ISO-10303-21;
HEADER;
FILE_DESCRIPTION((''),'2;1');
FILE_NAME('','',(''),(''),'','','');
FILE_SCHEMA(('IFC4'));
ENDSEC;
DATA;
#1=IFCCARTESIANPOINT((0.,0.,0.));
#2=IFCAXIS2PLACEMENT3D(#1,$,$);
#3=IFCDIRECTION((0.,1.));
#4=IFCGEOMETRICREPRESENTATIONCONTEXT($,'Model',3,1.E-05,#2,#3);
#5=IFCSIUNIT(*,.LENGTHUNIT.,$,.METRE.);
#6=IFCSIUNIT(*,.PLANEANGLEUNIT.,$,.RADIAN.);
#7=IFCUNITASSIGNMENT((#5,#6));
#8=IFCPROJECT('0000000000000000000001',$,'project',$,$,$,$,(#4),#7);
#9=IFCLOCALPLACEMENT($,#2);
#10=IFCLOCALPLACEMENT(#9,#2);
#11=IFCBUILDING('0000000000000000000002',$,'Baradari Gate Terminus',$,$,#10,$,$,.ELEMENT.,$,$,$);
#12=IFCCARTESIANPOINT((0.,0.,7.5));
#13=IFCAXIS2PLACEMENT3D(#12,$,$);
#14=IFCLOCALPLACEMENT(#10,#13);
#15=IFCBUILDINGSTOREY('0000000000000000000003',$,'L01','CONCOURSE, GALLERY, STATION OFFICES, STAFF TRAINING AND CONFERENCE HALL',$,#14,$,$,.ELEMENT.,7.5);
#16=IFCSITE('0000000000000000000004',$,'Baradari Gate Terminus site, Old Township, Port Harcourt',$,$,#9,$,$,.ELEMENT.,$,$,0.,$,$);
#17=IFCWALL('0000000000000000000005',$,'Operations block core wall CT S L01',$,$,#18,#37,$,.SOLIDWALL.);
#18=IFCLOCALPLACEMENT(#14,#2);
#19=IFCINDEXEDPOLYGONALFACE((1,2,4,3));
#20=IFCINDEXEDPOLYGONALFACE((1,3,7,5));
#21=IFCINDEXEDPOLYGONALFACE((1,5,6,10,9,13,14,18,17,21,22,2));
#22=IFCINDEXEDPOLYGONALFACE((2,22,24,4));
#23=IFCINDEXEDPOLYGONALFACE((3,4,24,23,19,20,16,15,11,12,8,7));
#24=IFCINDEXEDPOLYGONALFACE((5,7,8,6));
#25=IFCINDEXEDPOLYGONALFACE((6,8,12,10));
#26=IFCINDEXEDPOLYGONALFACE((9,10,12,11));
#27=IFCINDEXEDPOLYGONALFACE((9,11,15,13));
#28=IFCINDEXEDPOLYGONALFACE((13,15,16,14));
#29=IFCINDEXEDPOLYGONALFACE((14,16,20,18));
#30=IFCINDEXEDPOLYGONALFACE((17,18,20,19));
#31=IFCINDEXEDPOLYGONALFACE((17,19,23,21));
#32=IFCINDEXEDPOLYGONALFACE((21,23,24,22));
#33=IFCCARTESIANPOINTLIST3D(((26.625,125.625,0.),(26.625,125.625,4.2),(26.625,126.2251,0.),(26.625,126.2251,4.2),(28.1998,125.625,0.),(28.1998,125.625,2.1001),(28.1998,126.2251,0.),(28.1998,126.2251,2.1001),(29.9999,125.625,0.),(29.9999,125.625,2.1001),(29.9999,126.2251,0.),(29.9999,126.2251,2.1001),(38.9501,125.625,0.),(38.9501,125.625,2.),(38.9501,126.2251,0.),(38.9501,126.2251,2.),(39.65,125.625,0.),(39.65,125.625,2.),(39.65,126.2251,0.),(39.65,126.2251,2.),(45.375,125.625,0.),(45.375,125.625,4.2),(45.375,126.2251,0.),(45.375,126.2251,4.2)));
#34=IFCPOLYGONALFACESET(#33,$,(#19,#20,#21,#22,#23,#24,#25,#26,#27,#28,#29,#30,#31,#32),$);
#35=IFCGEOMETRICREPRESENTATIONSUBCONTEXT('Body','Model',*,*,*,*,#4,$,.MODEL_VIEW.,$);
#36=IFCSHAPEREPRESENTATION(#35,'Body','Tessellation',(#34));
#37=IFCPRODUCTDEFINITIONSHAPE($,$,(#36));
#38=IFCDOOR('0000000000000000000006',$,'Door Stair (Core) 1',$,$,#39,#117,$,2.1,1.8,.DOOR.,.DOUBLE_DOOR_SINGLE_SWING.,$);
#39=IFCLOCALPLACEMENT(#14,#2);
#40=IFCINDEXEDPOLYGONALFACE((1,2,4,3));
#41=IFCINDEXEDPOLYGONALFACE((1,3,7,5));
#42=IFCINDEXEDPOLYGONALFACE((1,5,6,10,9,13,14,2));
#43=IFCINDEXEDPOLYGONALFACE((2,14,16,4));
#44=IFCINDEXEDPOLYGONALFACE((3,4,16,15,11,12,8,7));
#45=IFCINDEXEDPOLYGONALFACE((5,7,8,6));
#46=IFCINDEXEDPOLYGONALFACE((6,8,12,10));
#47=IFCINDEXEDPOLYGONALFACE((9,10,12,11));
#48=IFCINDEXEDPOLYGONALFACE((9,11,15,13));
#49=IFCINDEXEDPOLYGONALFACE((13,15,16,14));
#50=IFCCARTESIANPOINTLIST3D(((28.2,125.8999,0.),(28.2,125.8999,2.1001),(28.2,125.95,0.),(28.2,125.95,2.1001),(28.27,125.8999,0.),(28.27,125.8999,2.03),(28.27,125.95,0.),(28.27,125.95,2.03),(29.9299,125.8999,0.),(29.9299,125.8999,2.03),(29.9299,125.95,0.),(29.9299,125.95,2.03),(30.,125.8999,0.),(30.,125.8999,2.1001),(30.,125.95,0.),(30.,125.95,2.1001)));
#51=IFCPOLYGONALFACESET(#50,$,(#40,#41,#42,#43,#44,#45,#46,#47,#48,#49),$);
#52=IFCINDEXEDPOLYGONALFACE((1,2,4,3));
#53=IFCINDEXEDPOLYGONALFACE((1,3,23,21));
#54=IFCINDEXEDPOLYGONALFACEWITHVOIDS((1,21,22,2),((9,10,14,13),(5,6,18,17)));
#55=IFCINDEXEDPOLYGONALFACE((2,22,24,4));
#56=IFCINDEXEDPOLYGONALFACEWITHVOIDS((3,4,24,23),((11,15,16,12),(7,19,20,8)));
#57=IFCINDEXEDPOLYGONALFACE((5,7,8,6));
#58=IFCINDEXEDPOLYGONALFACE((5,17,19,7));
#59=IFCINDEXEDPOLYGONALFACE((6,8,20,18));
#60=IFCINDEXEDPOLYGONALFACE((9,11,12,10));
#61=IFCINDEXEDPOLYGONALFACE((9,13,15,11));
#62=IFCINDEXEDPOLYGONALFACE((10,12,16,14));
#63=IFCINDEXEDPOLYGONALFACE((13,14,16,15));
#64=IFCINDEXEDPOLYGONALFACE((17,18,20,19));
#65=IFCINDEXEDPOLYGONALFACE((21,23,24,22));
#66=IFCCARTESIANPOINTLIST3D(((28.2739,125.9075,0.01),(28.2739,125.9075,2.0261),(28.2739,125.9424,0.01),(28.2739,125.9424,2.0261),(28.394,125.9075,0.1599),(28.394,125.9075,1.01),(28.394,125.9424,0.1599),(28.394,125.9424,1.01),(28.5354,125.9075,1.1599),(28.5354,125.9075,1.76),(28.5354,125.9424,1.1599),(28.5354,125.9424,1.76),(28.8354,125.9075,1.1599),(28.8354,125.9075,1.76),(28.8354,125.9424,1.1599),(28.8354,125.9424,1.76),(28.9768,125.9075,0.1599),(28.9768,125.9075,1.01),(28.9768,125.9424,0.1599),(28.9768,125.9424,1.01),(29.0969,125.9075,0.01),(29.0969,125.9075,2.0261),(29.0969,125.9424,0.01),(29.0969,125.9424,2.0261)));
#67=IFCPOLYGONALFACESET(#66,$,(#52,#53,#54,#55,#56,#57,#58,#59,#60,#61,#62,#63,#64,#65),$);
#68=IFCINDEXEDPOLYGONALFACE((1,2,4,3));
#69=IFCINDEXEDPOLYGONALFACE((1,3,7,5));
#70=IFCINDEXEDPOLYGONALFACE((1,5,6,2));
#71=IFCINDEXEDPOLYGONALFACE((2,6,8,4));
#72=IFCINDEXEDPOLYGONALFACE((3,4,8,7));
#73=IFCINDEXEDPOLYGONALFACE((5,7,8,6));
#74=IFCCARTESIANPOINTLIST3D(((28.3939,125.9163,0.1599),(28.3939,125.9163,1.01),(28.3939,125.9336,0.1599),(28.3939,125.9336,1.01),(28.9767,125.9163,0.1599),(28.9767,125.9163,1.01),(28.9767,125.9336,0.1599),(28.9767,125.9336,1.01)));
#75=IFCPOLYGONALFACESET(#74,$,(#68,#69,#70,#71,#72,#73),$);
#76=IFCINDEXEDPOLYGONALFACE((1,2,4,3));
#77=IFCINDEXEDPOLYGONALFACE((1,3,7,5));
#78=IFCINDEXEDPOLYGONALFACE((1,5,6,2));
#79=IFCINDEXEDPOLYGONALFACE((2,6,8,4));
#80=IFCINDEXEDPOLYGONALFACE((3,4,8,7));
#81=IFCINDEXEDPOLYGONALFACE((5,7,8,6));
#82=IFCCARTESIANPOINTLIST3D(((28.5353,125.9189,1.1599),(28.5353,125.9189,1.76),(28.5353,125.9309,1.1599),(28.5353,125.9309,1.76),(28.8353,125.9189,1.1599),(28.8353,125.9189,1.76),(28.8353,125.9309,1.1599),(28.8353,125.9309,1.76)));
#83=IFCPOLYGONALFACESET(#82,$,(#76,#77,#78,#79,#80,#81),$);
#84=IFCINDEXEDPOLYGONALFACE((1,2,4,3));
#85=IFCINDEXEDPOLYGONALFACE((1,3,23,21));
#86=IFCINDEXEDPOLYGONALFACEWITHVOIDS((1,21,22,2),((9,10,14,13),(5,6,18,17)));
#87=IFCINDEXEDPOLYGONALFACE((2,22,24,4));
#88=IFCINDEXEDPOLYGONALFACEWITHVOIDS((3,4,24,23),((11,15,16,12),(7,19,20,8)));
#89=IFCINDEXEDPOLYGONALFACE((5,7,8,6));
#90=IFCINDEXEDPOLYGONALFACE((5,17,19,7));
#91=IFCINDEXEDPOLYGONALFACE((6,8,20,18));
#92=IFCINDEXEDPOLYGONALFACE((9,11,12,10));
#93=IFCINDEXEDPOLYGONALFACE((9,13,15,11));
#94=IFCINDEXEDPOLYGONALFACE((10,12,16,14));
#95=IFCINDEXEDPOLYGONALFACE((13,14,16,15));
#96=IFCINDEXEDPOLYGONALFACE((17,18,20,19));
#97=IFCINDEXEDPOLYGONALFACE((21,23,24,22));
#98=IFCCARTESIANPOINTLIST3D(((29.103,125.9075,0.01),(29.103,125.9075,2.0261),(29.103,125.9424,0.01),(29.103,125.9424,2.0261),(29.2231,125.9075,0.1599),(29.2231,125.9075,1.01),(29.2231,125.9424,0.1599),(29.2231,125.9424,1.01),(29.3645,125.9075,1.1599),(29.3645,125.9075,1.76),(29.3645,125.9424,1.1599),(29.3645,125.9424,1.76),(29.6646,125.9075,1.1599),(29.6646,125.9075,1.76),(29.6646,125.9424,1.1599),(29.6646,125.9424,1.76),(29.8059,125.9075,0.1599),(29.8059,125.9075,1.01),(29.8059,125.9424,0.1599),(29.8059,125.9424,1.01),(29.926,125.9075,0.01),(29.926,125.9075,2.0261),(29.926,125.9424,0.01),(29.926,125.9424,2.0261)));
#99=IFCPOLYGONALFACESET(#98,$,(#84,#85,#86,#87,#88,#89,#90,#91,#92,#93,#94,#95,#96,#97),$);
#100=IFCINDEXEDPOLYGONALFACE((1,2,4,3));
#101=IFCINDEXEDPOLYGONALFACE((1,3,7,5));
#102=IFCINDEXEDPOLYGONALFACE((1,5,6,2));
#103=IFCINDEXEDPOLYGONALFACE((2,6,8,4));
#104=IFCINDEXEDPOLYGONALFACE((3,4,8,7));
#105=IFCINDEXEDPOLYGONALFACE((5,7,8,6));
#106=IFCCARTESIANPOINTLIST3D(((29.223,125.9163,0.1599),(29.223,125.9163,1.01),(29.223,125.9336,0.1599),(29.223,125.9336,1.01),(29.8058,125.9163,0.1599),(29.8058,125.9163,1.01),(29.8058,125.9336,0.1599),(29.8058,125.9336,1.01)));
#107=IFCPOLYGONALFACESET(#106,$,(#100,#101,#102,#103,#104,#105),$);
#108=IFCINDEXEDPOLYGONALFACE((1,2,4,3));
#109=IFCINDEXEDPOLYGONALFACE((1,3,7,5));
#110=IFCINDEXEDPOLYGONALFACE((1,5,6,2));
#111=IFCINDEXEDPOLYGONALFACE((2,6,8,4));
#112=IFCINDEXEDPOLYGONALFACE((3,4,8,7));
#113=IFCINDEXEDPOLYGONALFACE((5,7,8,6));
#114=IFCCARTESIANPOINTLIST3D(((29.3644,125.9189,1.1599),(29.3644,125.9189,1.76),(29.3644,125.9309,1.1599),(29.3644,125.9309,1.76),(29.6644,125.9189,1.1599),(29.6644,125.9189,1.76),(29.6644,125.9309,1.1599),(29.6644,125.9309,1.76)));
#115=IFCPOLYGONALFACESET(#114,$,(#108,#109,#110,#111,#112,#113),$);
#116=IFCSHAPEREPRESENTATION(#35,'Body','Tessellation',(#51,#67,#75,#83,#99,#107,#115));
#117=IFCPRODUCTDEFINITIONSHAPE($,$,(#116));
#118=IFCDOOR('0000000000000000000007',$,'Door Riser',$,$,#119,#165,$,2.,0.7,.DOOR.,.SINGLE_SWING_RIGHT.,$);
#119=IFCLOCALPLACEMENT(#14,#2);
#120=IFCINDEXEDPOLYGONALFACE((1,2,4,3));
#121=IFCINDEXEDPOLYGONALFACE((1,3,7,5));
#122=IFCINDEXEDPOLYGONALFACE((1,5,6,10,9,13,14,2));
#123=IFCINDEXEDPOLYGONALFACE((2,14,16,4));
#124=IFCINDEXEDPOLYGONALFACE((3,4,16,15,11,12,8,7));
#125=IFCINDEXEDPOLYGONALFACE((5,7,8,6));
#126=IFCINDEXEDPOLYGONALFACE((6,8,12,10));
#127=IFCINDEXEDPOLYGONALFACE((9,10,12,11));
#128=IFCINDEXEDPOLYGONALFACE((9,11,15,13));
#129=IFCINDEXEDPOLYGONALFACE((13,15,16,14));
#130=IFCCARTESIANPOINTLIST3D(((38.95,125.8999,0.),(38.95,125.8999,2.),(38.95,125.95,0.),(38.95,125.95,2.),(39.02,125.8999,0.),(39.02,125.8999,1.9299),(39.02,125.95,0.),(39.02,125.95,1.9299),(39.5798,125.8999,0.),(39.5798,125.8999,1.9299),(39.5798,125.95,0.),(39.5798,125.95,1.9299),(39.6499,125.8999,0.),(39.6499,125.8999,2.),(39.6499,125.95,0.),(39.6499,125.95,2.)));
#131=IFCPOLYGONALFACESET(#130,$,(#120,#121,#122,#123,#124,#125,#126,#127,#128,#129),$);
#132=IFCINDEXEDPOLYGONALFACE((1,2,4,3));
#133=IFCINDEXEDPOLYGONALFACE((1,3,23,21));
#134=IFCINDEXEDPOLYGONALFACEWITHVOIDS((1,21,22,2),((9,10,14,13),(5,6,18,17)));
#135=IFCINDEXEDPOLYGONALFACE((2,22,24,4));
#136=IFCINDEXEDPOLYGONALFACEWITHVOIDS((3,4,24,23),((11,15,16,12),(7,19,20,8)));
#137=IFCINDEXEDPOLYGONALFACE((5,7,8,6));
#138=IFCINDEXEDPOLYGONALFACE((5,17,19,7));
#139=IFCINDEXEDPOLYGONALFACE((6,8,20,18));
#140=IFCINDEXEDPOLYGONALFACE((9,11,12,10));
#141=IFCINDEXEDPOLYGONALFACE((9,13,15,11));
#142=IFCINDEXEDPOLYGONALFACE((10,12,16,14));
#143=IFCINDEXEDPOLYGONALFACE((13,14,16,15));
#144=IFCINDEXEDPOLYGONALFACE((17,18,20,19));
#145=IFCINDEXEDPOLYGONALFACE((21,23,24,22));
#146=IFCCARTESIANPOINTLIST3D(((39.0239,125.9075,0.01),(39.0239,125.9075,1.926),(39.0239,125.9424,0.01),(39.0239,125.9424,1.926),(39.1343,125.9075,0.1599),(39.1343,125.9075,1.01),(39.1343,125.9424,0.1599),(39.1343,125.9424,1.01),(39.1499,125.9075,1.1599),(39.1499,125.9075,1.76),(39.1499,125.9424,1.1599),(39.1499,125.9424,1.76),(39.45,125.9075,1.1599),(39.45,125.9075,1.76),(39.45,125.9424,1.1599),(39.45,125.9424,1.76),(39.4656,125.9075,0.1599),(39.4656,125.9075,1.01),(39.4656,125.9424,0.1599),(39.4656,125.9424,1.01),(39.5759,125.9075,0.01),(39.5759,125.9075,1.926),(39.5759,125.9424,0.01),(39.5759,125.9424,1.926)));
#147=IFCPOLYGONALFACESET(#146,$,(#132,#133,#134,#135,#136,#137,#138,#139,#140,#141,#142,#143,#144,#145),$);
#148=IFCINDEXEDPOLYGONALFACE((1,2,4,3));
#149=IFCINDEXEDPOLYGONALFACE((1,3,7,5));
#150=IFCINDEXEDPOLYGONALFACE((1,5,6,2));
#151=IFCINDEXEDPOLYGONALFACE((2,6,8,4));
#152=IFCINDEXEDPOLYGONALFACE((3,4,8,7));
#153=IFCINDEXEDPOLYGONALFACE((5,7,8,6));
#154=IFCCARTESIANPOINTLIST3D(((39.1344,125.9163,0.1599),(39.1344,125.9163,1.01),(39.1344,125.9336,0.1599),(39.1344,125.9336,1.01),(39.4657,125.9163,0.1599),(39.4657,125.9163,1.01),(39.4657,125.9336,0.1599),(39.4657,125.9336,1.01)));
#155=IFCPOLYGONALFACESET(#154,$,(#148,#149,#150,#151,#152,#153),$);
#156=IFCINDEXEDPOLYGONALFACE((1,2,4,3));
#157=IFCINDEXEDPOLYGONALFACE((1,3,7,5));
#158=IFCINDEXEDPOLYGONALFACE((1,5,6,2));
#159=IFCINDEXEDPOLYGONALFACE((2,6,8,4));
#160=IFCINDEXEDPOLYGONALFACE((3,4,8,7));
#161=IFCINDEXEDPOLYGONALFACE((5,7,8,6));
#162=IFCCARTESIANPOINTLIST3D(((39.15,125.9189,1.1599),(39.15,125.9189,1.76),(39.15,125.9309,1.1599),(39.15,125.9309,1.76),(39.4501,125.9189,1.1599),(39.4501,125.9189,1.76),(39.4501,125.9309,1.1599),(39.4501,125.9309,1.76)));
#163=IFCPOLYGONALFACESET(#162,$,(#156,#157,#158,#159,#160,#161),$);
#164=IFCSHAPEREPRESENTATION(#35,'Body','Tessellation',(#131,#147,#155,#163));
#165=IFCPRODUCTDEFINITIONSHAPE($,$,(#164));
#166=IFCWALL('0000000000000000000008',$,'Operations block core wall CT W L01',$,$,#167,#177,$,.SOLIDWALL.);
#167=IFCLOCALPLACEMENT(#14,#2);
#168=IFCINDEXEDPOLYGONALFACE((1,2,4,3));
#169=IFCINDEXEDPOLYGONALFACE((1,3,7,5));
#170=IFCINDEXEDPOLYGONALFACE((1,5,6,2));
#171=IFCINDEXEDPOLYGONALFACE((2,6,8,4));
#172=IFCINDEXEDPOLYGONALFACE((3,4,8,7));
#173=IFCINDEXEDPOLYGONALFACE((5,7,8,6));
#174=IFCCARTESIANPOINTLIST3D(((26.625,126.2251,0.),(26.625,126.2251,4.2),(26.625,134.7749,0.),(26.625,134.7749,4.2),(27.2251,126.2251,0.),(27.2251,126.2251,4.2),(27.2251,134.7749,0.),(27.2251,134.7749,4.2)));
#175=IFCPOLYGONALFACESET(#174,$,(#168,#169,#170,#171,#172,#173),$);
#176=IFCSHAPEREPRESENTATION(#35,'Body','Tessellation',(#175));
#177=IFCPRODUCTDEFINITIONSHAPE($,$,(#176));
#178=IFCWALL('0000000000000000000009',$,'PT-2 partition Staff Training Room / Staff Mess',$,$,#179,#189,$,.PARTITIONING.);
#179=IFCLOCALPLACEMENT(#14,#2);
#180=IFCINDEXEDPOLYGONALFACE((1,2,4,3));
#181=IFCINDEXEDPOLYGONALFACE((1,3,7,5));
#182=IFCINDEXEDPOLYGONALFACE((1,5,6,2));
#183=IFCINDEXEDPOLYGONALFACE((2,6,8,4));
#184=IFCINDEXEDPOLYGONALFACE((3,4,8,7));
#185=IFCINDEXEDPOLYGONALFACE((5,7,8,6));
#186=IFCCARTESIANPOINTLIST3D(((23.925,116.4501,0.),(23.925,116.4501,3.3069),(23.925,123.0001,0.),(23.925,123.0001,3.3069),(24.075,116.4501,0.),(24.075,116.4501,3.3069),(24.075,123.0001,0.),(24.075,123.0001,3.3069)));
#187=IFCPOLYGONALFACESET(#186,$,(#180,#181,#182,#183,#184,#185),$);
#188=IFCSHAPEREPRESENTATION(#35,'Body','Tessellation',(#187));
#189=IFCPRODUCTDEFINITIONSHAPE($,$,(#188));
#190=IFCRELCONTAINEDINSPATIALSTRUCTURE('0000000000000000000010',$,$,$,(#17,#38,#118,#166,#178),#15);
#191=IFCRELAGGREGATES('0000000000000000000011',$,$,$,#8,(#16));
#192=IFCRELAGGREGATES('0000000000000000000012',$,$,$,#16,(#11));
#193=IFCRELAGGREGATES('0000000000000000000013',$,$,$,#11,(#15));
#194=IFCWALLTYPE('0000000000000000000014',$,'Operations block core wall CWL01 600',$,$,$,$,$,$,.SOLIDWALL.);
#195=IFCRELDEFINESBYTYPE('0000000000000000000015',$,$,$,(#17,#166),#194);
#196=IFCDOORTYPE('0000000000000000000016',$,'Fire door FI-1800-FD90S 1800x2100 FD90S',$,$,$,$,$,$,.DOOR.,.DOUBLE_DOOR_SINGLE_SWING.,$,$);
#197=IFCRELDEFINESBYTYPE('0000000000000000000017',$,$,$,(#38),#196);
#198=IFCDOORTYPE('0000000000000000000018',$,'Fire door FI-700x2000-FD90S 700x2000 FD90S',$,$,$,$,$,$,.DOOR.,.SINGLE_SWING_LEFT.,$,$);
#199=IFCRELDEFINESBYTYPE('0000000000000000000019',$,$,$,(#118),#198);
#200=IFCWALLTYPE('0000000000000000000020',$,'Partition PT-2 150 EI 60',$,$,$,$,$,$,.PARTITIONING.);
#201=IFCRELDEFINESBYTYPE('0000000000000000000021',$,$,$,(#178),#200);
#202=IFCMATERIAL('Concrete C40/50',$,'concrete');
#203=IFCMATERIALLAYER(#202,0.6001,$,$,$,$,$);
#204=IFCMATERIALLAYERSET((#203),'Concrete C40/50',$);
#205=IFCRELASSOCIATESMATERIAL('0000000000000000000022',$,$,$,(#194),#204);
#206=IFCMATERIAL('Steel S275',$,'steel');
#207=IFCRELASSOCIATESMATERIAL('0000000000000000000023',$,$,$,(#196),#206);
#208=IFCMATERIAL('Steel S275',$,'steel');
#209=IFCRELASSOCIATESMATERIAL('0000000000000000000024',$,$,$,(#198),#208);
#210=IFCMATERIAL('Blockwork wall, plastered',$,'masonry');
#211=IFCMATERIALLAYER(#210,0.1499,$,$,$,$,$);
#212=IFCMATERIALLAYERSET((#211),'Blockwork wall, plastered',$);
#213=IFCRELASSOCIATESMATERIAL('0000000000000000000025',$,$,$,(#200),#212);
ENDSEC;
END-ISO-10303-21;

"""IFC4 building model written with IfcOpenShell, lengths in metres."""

from ifc_helpers import new_model, si_unit, direction, frame, frame_2d, origin, place, context, subcontext, project, spatial, polyline, rectangle, outline, extrude, material, layer, layer_set, type_object, element, fill, save


model = new_model("IFC4")

# Units and contexts
model_context = context("Model", 3, precision=1e-05, world=origin(), true_north=direction((0.0, 1.0)))
body_context = subcontext(model_context, "Body", "Model", "MODEL_VIEW")
ifc_project = project(units=[si_unit("LENGTHUNIT", "METRE"), si_unit("PLANEANGLEUNIT", "RADIAN")], contexts=[model_context])

# Site, building, storey
site_placement = place(None, origin())
site = spatial("IfcSite", under=ifc_project, at=site_placement, Name="Baradari Gate Terminus site, Old Township, Port Harcourt", CompositionType="ELEMENT", RefElevation=0.0)
building_placement = place(site_placement, origin())
building = spatial("IfcBuilding", under=site, at=building_placement, Name="Baradari Gate Terminus", CompositionType="ELEMENT")
storey_placement = place(building_placement, frame((0.0, 0.0, 7.5)))
storey = spatial("IfcBuildingStorey", under=building, at=storey_placement, Name="L01", Description="CONCOURSE, GALLERY, STATION OFFICES, STAFF TRAINING AND CONFERENCE HALL", CompositionType="ELEMENT", Elevation=7.5)

# Wall, openings, doors
ifc_material_1 = material(Name="Concrete C40/50", Category="concrete")
ifc_layer_1 = layer(ifc_material_1, 0.6001)
ifc_layer_set_1 = layer_set([ifc_layer_1], Name="Concrete C40/50")
wall_type_1 = type_object("IfcWallType", Name="Operations block core wall CWL01 600", PredefinedType="SOLIDWALL", material=ifc_layer_set_1)
wall_1_placement = place(storey_placement, frame((26.625, 125.925, 0.0), z_axis=(0.0, 0.0, 1.0), x_axis=(1.0, 0.0, 0.0)))
wall_1 = element("IfcWall", 1, at=wall_1_placement, inside=storey, type_object=wall_type_1, Name="Operations block core wall CT S L01", PredefinedType="SOLIDWALL", context=body_context, shape_type="SweptSolid", body=[
    extrude(rectangle(XDim=18.75, YDim=0.6001, at=frame_2d((9.375, 0.0))), origin(), (0.0, 0.0, 1.0), 4.2),
])
opening_1_placement = place(wall_1_placement, frame((1.575, 0.0, 0.0)))
opening_1 = element("IfcOpeningElement", 2, at=opening_1_placement, cuts=wall_1, PredefinedType="OPENING", context=body_context, shape_type="SweptSolid", body=[
    extrude(rectangle(XDim=1.8, YDim=2.1001, at=frame_2d((0.8999, 1.05))), frame((0.0, 0.3101, 0.0), z_axis=(0.0, -1.0, 0.0), x_axis=(1.0, 0.0, 0.0)), (0.0, 0.0, 1.0), 0.6201),
])
opening_2_placement = place(wall_1_placement, frame((12.325, 0.0, 0.0)))
opening_2 = element("IfcOpeningElement", 3, at=opening_2_placement, cuts=wall_1, PredefinedType="OPENING", context=body_context, shape_type="SweptSolid", body=[
    extrude(rectangle(XDim=0.7, YDim=2.0, at=frame_2d((0.3501, 1.0))), frame((0.0, 0.3101, 0.0), z_axis=(0.0, -1.0, 0.0), x_axis=(1.0, 0.0, 0.0)), (0.0, 0.0, 1.0), 0.6201),
])
ifc_material_2 = material(Name="Steel S275", Category="steel")
door_type_1 = type_object("IfcDoorType", Name="Fire door FI-1800-FD90S 1800x2100 FD90S", OperationType="DOUBLE_DOOR_SINGLE_SWING", PredefinedType="DOOR", material=ifc_material_2)
door_1_placement = place(opening_1_placement, origin())
door_1 = element("IfcDoor", 4, at=door_1_placement, inside=storey, type_object=door_type_1, Name="Door Stair (Core) 1", OperationType="DOUBLE_DOOR_SINGLE_SWING", OverallHeight=2.1, OverallWidth=1.8, PredefinedType="DOOR", context=body_context, shape_type="SweptSolid", body=[
    extrude(outline(polyline([(0.0, 0.0), (0.0701, 0.0), (0.0701, 2.03), (1.73, 2.03), (1.73, 0.0), (1.8, 0.0), (1.8, 2.1001), (0.0, 2.1001), (0.0, 0.0)])), frame((0.0, 0.0249, 0.0), z_axis=(0.0, -1.0, 0.0), x_axis=(1.0, 0.0, 0.0)), (0.0, 0.0, 1.0), 0.05),
    extrude(outline(polyline([(0.074, 0.01), (0.897, 0.01), (0.897, 2.0261), (0.074, 2.0261), (0.074, 0.01)]), holes=[polyline([(0.1941, 0.1599), (0.7769, 0.1599), (0.7769, 1.01), (0.1941, 1.01), (0.1941, 0.1599)]), polyline([(0.3354, 1.1599), (0.6355, 1.1599), (0.6355, 1.76), (0.3354, 1.76), (0.3354, 1.1599)])]), frame((0.0, 0.0173, 0.0), z_axis=(0.0, -1.0, 0.0), x_axis=(1.0, 0.0, 0.0)), (0.0, 0.0, 1.0), 0.0349),
    extrude(rectangle(XDim=0.5828, YDim=0.8501, at=frame_2d((0.4854, 0.585))), frame((0.0, 0.0085, 0.0), z_axis=(0.0, -1.0, 0.0), x_axis=(1.0, 0.0, 0.0)), (0.0, 0.0, 1.0), 0.0173),
    extrude(rectangle(XDim=0.3, YDim=0.6001, at=frame_2d((0.4854, 1.46))), frame((0.0, 0.0059, 0.0), z_axis=(0.0, -1.0, 0.0), x_axis=(1.0, 0.0, 0.0)), (0.0, 0.0, 1.0), 0.012),
    extrude(outline(polyline([(0.9031, 0.01), (1.7261, 0.01), (1.7261, 2.0261), (0.9031, 2.0261), (0.9031, 0.01)]), holes=[polyline([(1.0232, 0.1599), (1.606, 0.1599), (1.606, 1.01), (1.0232, 1.01), (1.0232, 0.1599)]), polyline([(1.1646, 1.1599), (1.4646, 1.1599), (1.4646, 1.76), (1.1646, 1.76), (1.1646, 1.1599)])]), frame((0.0, 0.0173, 0.0), z_axis=(0.0, -1.0, 0.0), x_axis=(1.0, 0.0, 0.0)), (0.0, 0.0, 1.0), 0.0349),
    extrude(rectangle(XDim=0.5828, YDim=0.8501, at=frame_2d((1.3145, 0.585))), frame((0.0, 0.0085, 0.0), z_axis=(0.0, -1.0, 0.0), x_axis=(1.0, 0.0, 0.0)), (0.0, 0.0, 1.0), 0.0173),
    extrude(rectangle(XDim=0.3, YDim=0.6001, at=frame_2d((1.3145, 1.46))), frame((0.0, 0.0059, 0.0), z_axis=(0.0, -1.0, 0.0), x_axis=(1.0, 0.0, 0.0)), (0.0, 0.0, 1.0), 0.012),
])
fill(opening_1, door_1)
ifc_material_3 = material(Name="Steel S275", Category="steel")
door_type_2 = type_object("IfcDoorType", Name="Fire door FI-700x2000-FD90S 700x2000 FD90S", OperationType="SINGLE_SWING_LEFT", PredefinedType="DOOR", material=ifc_material_3)
door_2_placement = place(opening_2_placement, origin())
door_2 = element("IfcDoor", 5, at=door_2_placement, inside=storey, type_object=door_type_2, Name="Door Riser", OperationType="SINGLE_SWING_RIGHT", OverallHeight=2.0, OverallWidth=0.7, PredefinedType="DOOR", context=body_context, shape_type="SweptSolid", body=[
    extrude(outline(polyline([(0.0, 0.0), (0.0701, 0.0), (0.0701, 1.9299), (0.6299, 1.9299), (0.6299, 0.0), (0.7, 0.0), (0.7, 2.0), (0.0, 2.0), (0.0, 0.0)])), frame((0.0, 0.0249, 0.0), z_axis=(0.0, -1.0, 0.0), x_axis=(1.0, 0.0, 0.0)), (0.0, 0.0, 1.0), 0.05),
    extrude(outline(polyline([(0.074, 0.01), (0.626, 0.01), (0.626, 1.926), (0.074, 1.926), (0.074, 0.01)]), holes=[polyline([(0.1843, 0.1599), (0.5156, 0.1599), (0.5156, 1.01), (0.1843, 1.01), (0.1843, 0.1599)]), polyline([(0.2, 1.1599), (0.5, 1.1599), (0.5, 1.76), (0.2, 1.76), (0.2, 1.1599)])]), frame((0.0, 0.0173, 0.0), z_axis=(0.0, -1.0, 0.0), x_axis=(1.0, 0.0, 0.0)), (0.0, 0.0, 1.0), 0.0349),
    extrude(rectangle(XDim=0.3313, YDim=0.8501, at=frame_2d((0.3501, 0.585))), frame((0.0, 0.0085, 0.0), z_axis=(0.0, -1.0, 0.0), x_axis=(1.0, 0.0, 0.0)), (0.0, 0.0, 1.0), 0.0173),
    extrude(rectangle(XDim=0.3, YDim=0.6001, at=frame_2d((0.3501, 1.46))), frame((0.0, 0.0059, 0.0), z_axis=(0.0, -1.0, 0.0), x_axis=(1.0, 0.0, 0.0)), (0.0, 0.0, 1.0), 0.012),
])
fill(opening_2, door_2)

# Walls
wall_2_placement = place(storey_placement, frame((26.925, 126.2251, 0.0), z_axis=(0.0, 0.0, 1.0), x_axis=(0.0, 1.0, 0.0)))
element("IfcWall", 6, at=wall_2_placement, inside=storey, type_object=wall_type_1, Name="Operations block core wall CT W L01", PredefinedType="SOLIDWALL", context=body_context, shape_type="SweptSolid", body=[
    extrude(rectangle(XDim=8.5498, YDim=0.6001, at=frame_2d((4.2749, 0.0))), origin(), (0.0, 0.0, 1.0), 4.2),
])
ifc_material_4 = material(Name="Blockwork wall, plastered", Category="masonry")
ifc_layer_2 = layer(ifc_material_4, 0.1499)
ifc_layer_set_2 = layer_set([ifc_layer_2], Name="Blockwork wall, plastered")
wall_type_2 = type_object("IfcWallType", Name="Partition PT-2 150 EI 60", PredefinedType="PARTITIONING", material=ifc_layer_set_2)
wall_3_placement = place(storey_placement, frame((24.0, 123.0, 0.0), z_axis=(0.0, 0.0, 1.0), x_axis=(0.0, -1.0, 0.0)))
element("IfcWall", 7, at=wall_3_placement, inside=storey, type_object=wall_type_2, Name="PT-2 partition Staff Training Room / Staff Mess", PredefinedType="PARTITIONING", context=body_context, shape_type="SweptSolid", body=[
    extrude(rectangle(XDim=6.55, YDim=0.1499, at=frame_2d((3.2749, 0.0))), origin(), (0.0, 0.0, 1.0), 3.3069),
])

save(model, "model.ifc")
